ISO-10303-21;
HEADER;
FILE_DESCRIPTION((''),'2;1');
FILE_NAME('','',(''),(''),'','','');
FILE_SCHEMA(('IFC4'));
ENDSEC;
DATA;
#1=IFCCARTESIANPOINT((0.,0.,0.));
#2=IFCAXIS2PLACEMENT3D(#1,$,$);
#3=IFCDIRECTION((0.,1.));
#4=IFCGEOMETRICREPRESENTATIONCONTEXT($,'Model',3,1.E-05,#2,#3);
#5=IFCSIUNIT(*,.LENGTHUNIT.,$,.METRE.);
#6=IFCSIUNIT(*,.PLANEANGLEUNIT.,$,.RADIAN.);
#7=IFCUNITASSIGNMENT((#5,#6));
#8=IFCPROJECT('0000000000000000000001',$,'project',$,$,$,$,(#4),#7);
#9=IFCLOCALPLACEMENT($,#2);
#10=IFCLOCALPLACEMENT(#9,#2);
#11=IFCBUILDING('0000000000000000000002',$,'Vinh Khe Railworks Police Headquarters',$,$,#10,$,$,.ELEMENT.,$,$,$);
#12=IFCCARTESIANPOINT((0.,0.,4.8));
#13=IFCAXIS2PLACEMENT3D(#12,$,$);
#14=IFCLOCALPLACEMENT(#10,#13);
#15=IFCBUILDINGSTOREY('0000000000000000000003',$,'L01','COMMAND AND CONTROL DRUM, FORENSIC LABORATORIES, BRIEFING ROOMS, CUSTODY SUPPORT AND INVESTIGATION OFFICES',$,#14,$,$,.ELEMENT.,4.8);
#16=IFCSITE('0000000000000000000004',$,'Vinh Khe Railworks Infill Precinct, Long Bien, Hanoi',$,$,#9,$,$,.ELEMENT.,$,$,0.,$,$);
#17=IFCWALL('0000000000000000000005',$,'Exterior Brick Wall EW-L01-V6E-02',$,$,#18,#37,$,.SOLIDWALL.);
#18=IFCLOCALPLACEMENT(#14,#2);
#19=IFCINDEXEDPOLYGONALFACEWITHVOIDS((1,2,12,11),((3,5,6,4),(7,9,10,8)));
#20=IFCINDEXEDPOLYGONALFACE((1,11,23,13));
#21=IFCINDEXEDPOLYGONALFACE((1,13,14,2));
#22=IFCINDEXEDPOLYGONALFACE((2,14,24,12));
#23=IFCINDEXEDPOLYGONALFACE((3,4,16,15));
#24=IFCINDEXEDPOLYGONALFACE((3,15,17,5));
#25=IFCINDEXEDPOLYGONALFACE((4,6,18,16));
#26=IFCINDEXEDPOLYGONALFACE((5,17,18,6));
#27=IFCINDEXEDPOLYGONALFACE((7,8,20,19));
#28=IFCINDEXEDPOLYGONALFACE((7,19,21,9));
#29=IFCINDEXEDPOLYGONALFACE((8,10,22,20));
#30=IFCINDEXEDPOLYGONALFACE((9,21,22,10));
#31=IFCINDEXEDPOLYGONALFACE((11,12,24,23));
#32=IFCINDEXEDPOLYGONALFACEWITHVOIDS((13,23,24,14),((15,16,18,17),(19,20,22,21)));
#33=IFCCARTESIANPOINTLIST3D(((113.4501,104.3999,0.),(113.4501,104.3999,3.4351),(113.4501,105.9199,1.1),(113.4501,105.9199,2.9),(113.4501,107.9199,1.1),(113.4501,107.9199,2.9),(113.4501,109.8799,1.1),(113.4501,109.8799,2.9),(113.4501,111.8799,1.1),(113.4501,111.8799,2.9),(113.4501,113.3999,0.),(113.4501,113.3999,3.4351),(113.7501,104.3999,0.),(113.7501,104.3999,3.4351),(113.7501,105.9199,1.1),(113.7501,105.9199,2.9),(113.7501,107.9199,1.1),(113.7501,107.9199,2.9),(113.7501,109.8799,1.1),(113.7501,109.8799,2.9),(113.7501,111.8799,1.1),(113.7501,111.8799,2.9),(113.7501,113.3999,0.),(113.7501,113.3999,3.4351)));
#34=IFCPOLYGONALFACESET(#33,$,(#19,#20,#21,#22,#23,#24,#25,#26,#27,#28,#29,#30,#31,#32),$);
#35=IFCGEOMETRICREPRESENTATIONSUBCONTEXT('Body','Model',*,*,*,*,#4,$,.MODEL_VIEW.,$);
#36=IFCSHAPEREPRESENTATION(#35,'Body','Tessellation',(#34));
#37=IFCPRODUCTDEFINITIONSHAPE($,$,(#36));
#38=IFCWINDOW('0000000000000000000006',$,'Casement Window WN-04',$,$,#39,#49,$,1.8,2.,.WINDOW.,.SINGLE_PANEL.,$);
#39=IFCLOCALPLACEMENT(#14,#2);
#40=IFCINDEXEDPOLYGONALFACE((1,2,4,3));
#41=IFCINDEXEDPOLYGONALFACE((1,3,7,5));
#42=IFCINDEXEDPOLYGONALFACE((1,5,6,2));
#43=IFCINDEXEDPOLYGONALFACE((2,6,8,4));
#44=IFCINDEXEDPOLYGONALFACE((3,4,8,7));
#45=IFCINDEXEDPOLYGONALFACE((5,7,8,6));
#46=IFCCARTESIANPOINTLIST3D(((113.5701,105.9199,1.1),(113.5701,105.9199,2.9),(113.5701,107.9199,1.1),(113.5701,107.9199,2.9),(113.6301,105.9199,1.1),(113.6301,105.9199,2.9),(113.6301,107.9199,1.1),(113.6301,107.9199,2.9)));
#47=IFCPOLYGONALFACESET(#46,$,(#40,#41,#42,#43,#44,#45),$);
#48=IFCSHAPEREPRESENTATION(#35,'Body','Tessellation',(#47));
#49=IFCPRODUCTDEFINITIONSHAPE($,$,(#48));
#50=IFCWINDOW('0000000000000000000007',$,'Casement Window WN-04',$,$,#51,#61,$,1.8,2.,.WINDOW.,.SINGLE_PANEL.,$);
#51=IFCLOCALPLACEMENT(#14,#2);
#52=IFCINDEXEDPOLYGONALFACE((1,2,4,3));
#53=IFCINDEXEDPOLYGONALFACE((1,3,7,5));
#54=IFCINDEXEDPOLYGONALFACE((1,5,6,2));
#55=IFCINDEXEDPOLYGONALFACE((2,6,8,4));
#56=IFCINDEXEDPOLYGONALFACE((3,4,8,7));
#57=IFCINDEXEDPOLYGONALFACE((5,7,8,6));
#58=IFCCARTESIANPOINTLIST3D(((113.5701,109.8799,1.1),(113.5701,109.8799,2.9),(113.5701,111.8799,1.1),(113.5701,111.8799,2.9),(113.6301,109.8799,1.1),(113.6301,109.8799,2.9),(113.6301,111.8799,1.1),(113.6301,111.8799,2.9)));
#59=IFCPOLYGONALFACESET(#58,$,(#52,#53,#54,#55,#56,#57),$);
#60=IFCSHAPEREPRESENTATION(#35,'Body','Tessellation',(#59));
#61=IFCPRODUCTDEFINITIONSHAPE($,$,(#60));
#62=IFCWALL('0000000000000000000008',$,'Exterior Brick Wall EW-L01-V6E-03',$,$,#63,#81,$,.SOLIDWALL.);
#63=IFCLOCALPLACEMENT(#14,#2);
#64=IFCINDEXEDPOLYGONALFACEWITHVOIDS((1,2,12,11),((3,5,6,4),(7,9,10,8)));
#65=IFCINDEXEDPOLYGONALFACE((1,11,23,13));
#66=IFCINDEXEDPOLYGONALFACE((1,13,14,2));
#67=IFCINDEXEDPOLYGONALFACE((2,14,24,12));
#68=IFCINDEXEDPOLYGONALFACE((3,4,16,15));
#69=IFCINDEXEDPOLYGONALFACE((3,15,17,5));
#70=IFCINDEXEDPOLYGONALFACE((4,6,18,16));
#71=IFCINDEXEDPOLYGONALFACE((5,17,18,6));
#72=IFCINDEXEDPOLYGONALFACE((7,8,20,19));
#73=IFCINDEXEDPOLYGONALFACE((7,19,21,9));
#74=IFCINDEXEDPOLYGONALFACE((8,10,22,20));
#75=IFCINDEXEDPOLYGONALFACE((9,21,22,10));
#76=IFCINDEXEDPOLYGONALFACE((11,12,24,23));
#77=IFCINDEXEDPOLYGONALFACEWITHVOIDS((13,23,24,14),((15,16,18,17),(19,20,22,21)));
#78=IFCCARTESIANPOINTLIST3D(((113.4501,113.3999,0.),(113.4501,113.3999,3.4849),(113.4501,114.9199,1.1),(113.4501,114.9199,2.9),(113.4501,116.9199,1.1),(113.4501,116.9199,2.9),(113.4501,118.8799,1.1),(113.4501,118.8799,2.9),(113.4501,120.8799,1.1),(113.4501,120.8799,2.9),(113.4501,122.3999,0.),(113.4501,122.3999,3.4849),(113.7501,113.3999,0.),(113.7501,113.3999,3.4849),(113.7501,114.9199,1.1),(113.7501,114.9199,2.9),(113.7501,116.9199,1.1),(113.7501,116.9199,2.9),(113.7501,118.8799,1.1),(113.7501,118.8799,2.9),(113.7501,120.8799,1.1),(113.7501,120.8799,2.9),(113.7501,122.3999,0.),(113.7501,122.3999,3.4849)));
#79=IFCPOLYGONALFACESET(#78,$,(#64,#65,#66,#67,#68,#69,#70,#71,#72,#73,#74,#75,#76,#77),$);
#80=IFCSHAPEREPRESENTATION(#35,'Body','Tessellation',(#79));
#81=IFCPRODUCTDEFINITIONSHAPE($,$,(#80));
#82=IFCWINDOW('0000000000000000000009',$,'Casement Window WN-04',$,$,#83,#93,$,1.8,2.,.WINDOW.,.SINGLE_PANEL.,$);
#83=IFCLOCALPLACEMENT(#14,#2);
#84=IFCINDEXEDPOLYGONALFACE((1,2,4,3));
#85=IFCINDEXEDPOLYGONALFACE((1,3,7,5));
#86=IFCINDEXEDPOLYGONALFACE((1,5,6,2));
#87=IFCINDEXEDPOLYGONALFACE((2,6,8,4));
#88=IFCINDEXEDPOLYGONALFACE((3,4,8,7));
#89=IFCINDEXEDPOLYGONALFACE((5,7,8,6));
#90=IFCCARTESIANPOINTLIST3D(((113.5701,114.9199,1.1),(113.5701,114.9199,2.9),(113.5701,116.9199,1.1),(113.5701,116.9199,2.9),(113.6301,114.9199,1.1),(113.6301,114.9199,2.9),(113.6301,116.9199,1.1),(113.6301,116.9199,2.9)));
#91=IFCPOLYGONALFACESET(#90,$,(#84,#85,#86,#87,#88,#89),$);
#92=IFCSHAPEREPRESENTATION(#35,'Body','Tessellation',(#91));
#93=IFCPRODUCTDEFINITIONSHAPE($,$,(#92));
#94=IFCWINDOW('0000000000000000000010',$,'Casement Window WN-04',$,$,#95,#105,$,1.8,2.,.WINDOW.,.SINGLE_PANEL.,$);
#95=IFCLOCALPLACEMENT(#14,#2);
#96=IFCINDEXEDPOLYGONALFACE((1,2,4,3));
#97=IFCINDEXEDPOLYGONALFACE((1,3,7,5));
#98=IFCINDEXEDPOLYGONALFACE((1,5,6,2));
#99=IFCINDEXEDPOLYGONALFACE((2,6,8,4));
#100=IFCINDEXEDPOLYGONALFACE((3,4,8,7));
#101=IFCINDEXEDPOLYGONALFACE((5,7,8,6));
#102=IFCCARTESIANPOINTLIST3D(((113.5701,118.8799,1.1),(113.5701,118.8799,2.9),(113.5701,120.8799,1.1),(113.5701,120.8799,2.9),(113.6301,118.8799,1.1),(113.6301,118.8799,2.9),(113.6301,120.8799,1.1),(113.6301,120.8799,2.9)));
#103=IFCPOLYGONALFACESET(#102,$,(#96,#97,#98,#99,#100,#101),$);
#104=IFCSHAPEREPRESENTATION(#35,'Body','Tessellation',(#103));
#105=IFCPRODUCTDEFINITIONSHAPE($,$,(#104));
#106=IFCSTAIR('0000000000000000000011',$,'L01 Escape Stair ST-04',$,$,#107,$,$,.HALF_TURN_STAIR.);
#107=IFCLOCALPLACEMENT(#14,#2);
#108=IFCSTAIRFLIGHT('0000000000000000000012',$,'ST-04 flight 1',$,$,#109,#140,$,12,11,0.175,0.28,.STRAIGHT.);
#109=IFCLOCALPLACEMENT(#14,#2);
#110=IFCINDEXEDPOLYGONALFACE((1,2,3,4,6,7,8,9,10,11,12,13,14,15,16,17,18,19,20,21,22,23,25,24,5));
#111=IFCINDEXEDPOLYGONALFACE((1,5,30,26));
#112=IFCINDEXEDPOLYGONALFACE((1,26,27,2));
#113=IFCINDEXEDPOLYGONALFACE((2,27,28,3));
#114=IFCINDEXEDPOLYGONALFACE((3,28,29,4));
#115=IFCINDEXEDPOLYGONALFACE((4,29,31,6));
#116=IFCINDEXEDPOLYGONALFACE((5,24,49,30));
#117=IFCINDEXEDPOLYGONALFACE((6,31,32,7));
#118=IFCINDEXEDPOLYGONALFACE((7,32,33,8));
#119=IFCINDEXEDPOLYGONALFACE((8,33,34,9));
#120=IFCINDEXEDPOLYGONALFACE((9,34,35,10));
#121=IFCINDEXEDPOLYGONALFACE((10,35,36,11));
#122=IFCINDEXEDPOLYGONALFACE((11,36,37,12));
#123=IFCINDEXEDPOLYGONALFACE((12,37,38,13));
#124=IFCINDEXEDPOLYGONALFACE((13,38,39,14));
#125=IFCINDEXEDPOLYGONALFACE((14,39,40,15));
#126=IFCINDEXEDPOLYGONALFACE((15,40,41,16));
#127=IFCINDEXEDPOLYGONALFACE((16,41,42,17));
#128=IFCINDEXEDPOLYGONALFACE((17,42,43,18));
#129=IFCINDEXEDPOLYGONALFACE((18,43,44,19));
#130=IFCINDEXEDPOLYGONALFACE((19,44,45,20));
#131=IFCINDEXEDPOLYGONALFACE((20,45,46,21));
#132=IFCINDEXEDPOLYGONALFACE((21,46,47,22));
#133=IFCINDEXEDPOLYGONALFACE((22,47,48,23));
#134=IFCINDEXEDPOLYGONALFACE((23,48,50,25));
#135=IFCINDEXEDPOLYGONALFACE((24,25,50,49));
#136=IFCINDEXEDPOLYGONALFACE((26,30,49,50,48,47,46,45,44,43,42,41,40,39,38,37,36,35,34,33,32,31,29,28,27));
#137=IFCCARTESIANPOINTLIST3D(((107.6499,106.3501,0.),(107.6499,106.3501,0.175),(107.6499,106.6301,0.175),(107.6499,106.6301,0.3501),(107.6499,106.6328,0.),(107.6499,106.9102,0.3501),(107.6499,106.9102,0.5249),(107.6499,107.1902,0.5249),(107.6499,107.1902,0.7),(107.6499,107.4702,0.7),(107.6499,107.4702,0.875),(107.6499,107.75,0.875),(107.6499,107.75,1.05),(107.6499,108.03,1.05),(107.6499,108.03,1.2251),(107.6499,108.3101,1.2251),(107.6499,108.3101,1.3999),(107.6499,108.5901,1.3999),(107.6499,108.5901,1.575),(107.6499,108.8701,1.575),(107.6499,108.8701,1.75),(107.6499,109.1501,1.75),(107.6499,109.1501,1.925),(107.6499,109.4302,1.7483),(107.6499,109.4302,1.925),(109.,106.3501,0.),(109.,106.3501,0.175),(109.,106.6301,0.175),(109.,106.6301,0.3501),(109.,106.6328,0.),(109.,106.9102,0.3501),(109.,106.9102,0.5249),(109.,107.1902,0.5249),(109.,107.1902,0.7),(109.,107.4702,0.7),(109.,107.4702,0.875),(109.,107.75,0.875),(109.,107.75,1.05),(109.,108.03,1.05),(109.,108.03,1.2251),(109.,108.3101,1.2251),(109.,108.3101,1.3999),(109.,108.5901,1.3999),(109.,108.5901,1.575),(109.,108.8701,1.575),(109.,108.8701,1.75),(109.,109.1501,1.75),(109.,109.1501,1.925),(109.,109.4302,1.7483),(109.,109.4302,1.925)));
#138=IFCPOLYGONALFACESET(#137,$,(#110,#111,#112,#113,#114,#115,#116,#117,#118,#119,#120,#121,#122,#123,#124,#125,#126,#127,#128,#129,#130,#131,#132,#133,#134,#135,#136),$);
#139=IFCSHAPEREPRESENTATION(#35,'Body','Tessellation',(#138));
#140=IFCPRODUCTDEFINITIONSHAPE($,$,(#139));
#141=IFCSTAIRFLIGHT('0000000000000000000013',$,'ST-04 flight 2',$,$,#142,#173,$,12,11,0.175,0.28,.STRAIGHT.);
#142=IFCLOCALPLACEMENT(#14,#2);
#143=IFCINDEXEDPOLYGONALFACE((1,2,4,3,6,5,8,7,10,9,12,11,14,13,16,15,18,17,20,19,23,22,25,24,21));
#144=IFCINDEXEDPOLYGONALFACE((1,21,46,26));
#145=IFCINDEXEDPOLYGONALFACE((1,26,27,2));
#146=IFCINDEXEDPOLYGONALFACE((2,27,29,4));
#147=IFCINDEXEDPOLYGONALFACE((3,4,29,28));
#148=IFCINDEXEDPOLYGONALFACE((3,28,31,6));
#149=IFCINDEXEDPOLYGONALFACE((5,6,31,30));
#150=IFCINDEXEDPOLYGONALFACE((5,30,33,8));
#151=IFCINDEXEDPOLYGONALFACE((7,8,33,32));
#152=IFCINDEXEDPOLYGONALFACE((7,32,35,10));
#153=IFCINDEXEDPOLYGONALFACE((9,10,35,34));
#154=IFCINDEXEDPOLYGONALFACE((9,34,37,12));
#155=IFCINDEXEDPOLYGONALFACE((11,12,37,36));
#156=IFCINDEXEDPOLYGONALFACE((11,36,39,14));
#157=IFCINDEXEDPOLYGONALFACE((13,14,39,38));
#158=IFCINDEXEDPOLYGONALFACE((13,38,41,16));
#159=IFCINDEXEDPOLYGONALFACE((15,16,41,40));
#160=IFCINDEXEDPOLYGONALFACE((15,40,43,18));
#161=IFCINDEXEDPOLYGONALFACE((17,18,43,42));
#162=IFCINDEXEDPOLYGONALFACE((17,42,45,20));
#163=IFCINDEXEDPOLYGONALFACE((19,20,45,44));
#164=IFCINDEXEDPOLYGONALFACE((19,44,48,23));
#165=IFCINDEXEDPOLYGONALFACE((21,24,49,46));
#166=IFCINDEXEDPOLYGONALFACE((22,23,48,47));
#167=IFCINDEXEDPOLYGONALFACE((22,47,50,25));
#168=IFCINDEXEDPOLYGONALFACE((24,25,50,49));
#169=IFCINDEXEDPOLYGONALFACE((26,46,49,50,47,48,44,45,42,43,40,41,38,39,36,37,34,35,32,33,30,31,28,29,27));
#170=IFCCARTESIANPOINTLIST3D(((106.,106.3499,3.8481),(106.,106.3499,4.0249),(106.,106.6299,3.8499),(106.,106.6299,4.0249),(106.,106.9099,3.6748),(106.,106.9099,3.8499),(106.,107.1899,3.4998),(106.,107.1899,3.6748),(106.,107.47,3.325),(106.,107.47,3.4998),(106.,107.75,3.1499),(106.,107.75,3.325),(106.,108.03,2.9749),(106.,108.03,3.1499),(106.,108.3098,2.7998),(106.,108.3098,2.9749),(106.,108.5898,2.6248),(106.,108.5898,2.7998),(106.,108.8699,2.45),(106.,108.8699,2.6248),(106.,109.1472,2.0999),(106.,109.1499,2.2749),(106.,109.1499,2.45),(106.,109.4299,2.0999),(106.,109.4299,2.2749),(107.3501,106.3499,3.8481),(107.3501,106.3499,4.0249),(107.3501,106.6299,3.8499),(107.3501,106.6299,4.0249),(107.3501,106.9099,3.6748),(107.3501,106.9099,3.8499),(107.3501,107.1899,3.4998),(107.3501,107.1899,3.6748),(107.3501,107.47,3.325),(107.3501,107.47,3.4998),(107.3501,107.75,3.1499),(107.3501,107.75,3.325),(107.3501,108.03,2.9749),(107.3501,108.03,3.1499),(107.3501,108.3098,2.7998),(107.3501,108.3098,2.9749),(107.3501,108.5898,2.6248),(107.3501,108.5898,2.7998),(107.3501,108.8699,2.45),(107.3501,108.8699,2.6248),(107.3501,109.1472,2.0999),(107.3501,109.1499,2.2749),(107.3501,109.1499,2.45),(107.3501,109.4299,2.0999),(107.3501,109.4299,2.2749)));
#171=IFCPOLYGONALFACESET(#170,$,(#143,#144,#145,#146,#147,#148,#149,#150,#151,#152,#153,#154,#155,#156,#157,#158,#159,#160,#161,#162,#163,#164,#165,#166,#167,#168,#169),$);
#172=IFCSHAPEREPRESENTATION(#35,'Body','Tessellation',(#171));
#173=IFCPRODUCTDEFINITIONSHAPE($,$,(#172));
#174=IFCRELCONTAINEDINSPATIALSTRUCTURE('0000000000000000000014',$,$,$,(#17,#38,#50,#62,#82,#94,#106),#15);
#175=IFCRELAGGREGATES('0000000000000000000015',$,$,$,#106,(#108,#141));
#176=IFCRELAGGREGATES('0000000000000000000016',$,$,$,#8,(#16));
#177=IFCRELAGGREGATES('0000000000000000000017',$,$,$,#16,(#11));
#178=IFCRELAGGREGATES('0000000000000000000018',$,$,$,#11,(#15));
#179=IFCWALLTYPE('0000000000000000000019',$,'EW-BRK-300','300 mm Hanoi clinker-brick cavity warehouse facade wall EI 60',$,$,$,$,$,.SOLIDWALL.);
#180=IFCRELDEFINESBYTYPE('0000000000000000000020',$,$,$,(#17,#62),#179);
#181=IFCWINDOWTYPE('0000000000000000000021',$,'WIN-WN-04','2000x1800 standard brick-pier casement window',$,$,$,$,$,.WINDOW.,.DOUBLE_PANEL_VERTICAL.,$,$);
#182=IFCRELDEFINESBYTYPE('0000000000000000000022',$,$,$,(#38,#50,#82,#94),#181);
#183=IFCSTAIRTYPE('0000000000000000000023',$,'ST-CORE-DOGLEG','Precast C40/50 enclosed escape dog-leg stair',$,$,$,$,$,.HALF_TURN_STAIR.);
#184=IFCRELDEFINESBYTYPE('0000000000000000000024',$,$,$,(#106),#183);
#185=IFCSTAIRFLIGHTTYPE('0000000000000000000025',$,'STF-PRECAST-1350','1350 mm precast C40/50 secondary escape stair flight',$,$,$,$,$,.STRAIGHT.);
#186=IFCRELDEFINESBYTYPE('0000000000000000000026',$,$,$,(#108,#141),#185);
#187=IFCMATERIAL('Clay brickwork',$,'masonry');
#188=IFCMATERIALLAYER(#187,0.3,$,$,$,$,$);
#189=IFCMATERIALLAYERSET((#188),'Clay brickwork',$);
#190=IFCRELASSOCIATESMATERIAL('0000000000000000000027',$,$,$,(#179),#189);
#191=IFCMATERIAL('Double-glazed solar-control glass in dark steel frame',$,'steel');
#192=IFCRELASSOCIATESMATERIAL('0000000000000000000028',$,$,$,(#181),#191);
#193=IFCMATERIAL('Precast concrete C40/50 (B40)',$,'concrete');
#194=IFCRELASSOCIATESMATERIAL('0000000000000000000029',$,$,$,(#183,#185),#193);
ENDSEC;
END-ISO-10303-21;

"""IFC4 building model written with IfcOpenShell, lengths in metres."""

from ifc_helpers import new_model, si_unit, direction, frame, frame_2d, origin, place, context, subcontext, project, spatial, polyline, rectangle, outline, extrude, material, layer, layer_set, type_object, element, fill, aggregate, save


model = new_model("IFC4")

# Units and contexts
model_context = context("Model", 3, precision=1e-05, world=origin(), true_north=direction((0.0, 1.0)))
body_context = subcontext(model_context, "Body", "Model", "MODEL_VIEW")
ifc_project = project(units=[si_unit("LENGTHUNIT", "METRE"), si_unit("PLANEANGLEUNIT", "RADIAN")], contexts=[model_context])

# Site, building, storey
site_placement = place(None, origin())
site = spatial("IfcSite", under=ifc_project, at=site_placement, Name="Vinh Khe Railworks Infill Precinct, Long Bien, Hanoi", CompositionType="ELEMENT", RefElevation=0.0)
building_placement = place(site_placement, origin())
building = spatial("IfcBuilding", under=site, at=building_placement, Name="Vinh Khe Railworks Police Headquarters", CompositionType="ELEMENT")
storey_placement = place(building_placement, frame((0.0, 0.0, 4.8)))
storey = spatial("IfcBuildingStorey", under=building, at=storey_placement, Name="L01", Description="COMMAND AND CONTROL DRUM, FORENSIC LABORATORIES, BRIEFING ROOMS, CUSTODY SUPPORT AND INVESTIGATION OFFICES", CompositionType="ELEMENT", Elevation=4.8)

# Walls, openings, windows
ifc_material_1 = material(Name="Clay brickwork", Category="masonry")
ifc_layer_1 = layer(ifc_material_1, 0.3)
ifc_layer_set_1 = layer_set([ifc_layer_1], Name="Clay brickwork")
wall_type_1 = type_object("IfcWallType", Name="EW-BRK-300", Description="300 mm Hanoi clinker-brick cavity warehouse facade wall EI 60", PredefinedType="SOLIDWALL", material=ifc_layer_set_1)
wall_1_placement = place(storey_placement, frame((113.6001, 104.3999, 0.0), z_axis=(0.0, 0.0, 1.0), x_axis=(0.0, 1.0, 0.0)))
wall_1 = element("IfcWall", 1, at=wall_1_placement, inside=storey, type_object=wall_type_1, Name="Exterior Brick Wall EW-L01-V6E-02", PredefinedType="SOLIDWALL", context=body_context, shape_type="SweptSolid", body=[
    extrude(rectangle(XDim=9.0, YDim=0.3, at=frame_2d((4.5, 0.0))), origin(), (0.0, 0.0, 1.0), 3.4351),
])
opening_1_placement = place(wall_1_placement, frame((1.52, 0.0, 1.1001)))
opening_1 = element("IfcOpeningElement", 2, at=opening_1_placement, cuts=wall_1, PredefinedType="OPENING", context=body_context, shape_type="SweptSolid", body=[
    extrude(rectangle(XDim=2.0, YDim=1.8, at=frame_2d((1.0, 0.8999))), frame((0.0, 0.165, 0.0), z_axis=(0.0, -1.0, 0.0), x_axis=(1.0, 0.0, 0.0)), (0.0, 0.0, 1.0), 0.3298),
])
opening_2_placement = place(wall_1_placement, frame((5.48, 0.0, 1.1001)))
opening_2 = element("IfcOpeningElement", 3, at=opening_2_placement, cuts=wall_1, PredefinedType="OPENING", context=body_context, shape_type="SweptSolid", body=[
    extrude(rectangle(XDim=2.0, YDim=1.8, at=frame_2d((1.0, 0.8999))), frame((0.0, 0.165, 0.0), z_axis=(0.0, -1.0, 0.0), x_axis=(1.0, 0.0, 0.0)), (0.0, 0.0, 1.0), 0.3298),
])
ifc_material_2 = material(Name="Double-glazed solar-control glass in dark steel frame", Category="steel")
window_type = type_object("IfcWindowType", Name="WIN-WN-04", Description="2000x1800 standard brick-pier casement window", PartitioningType="DOUBLE_PANEL_VERTICAL", PredefinedType="WINDOW", material=ifc_material_2)
window_1_placement = place(opening_1_placement, origin())
window_1 = element("IfcWindow", 4, at=window_1_placement, inside=storey, type_object=window_type, Name="Casement Window WN-04", OverallHeight=1.8, OverallWidth=2.0, PartitioningType="SINGLE_PANEL", PredefinedType="WINDOW", context=body_context, shape_type="SweptSolid", body=[
    extrude(rectangle(XDim=2.0, YDim=1.8, at=frame_2d((1.0, 0.8999))), frame((0.0, 0.03, 0.0), z_axis=(0.0, -1.0, 0.0), x_axis=(1.0, 0.0, 0.0)), (0.0, 0.0, 1.0), 0.0601),
])
fill(opening_1, window_1)
window_2_placement = place(opening_2_placement, origin())
window_2 = element("IfcWindow", 5, at=window_2_placement, inside=storey, type_object=window_type, Name="Casement Window WN-04", OverallHeight=1.8, OverallWidth=2.0, PartitioningType="SINGLE_PANEL", PredefinedType="WINDOW", context=body_context, shape_type="SweptSolid", body=[
    extrude(rectangle(XDim=2.0, YDim=1.8, at=frame_2d((1.0, 0.8999))), frame((0.0, 0.03, 0.0), z_axis=(0.0, -1.0, 0.0), x_axis=(1.0, 0.0, 0.0)), (0.0, 0.0, 1.0), 0.0601),
])
fill(opening_2, window_2)
wall_2_placement = place(storey_placement, frame((113.6001, 113.3999, 0.0), z_axis=(0.0, 0.0, 1.0), x_axis=(0.0, 1.0, 0.0)))
wall_2 = element("IfcWall", 6, at=wall_2_placement, inside=storey, type_object=wall_type_1, Name="Exterior Brick Wall EW-L01-V6E-03", PredefinedType="SOLIDWALL", context=body_context, shape_type="SweptSolid", body=[
    extrude(rectangle(XDim=9.0, YDim=0.3, at=frame_2d((4.5, 0.0))), origin(), (0.0, 0.0, 1.0), 3.4849),
])
opening_3_placement = place(wall_2_placement, frame((1.52, 0.0, 1.1001)))
opening_3 = element("IfcOpeningElement", 7, at=opening_3_placement, cuts=wall_2, PredefinedType="OPENING", context=body_context, shape_type="SweptSolid", body=[
    extrude(rectangle(XDim=2.0, YDim=1.8, at=frame_2d((1.0, 0.8999))), frame((0.0, 0.165, 0.0), z_axis=(0.0, -1.0, 0.0), x_axis=(1.0, 0.0, 0.0)), (0.0, 0.0, 1.0), 0.3298),
])
opening_4_placement = place(wall_2_placement, frame((5.48, 0.0, 1.1001)))
opening_4 = element("IfcOpeningElement", 8, at=opening_4_placement, cuts=wall_2, PredefinedType="OPENING", context=body_context, shape_type="SweptSolid", body=[
    extrude(rectangle(XDim=2.0, YDim=1.8, at=frame_2d((1.0, 0.8999))), frame((0.0, 0.165, 0.0), z_axis=(0.0, -1.0, 0.0), x_axis=(1.0, 0.0, 0.0)), (0.0, 0.0, 1.0), 0.3298),
])
window_3_placement = place(opening_3_placement, origin())
window_3 = element("IfcWindow", 9, at=window_3_placement, inside=storey, type_object=window_type, Name="Casement Window WN-04", OverallHeight=1.8, OverallWidth=2.0, PartitioningType="SINGLE_PANEL", PredefinedType="WINDOW", context=body_context, shape_type="SweptSolid", body=[
    extrude(rectangle(XDim=2.0, YDim=1.8, at=frame_2d((1.0, 0.8999))), frame((0.0, 0.03, 0.0), z_axis=(0.0, -1.0, 0.0), x_axis=(1.0, 0.0, 0.0)), (0.0, 0.0, 1.0), 0.0601),
])
fill(opening_3, window_3)
window_4_placement = place(opening_4_placement, origin())
window_4 = element("IfcWindow", 10, at=window_4_placement, inside=storey, type_object=window_type, Name="Casement Window WN-04", OverallHeight=1.8, OverallWidth=2.0, PartitioningType="SINGLE_PANEL", PredefinedType="WINDOW", context=body_context, shape_type="SweptSolid", body=[
    extrude(rectangle(XDim=2.0, YDim=1.8, at=frame_2d((1.0, 0.8999))), frame((0.0, 0.03, 0.0), z_axis=(0.0, -1.0, 0.0), x_axis=(1.0, 0.0, 0.0)), (0.0, 0.0, 1.0), 0.0601),
])
fill(opening_4, window_4)

# Stair, stair flights
ifc_material_3 = material(Name="Precast concrete C40/50 (B40)", Category="concrete")
stair_type = type_object("IfcStairType", Name="ST-CORE-DOGLEG", Description="Precast C40/50 enclosed escape dog-leg stair", PredefinedType="HALF_TURN_STAIR", material=ifc_material_3)
stair_placement = place(storey_placement, origin())
stair = element("IfcStair", 11, at=stair_placement, inside=storey, type_object=stair_type, Name="L01 Escape Stair ST-04", PredefinedType="HALF_TURN_STAIR")
stair_flight_type = type_object("IfcStairFlightType", Name="STF-PRECAST-1350", Description="1350 mm precast C40/50 secondary escape stair flight", PredefinedType="STRAIGHT", material=ifc_material_3)
stair_flight_1_placement = place(storey_placement, frame((108.325, 106.3501, 0.0), z_axis=(0.0, 0.0, 1.0), x_axis=(0.0, 1.0, 0.0)))
stair_flight_1 = element("IfcStairFlight", 12, at=stair_flight_1_placement, type_object=stair_flight_type, Name="ST-04 flight 1", NumberOfRisers=12, NumberOfTreads=11, PredefinedType="STRAIGHT", RiserHeight=0.175, TreadLength=0.28, context=body_context, shape_type="SweptSolid", body=[
    extrude(outline(polyline([(0.0, 0.0), (0.0, 0.175), (0.28, 0.175), (0.28, 0.3501), (0.5601, 0.3501), (0.5601, 0.5249), (0.8401, 0.5249), (0.8401, 0.7), (1.1201, 0.7), (1.1201, 0.875), (1.3999, 0.875), (1.3999, 1.05), (1.6799, 1.05), (1.6799, 1.2251), (1.96, 1.2251), (1.96, 1.3999), (2.24, 1.3999), (2.24, 1.575), (2.52, 1.575), (2.52, 1.75), (2.8, 1.75), (2.8, 1.925), (3.0801, 1.925), (3.0801, 2.1001), (3.0801, 1.7483), (0.2827, 0.0), (0.0, 0.0)])), frame((0.0, 0.675, 0.0), z_axis=(0.0, -1.0, 0.0), x_axis=(1.0, 0.0, 0.0)), (0.0, 0.0, 1.0), 1.3501),
])
stair_flight_2_placement = place(storey_placement, frame((106.675, 109.4299, 2.0999), z_axis=(0.0, 0.0, 1.0), x_axis=(0.0, -1.0, 0.0)))
stair_flight_2 = element("IfcStairFlight", 13, at=stair_flight_2_placement, type_object=stair_flight_type, Name="ST-04 flight 2", NumberOfRisers=12, NumberOfTreads=11, PredefinedType="STRAIGHT", RiserHeight=0.175, TreadLength=0.28, context=body_context, shape_type="SweptSolid", body=[
    extrude(outline(polyline([(0.0, 0.0), (0.0, 0.175), (0.28, 0.175), (0.28, 0.3501), (0.5601, 0.3501), (0.5601, 0.5249), (0.8401, 0.5249), (0.8401, 0.7), (1.1201, 0.7), (1.1201, 0.875), (1.3999, 0.875), (1.3999, 1.05), (1.6799, 1.05), (1.6799, 1.2251), (1.96, 1.2251), (1.96, 1.3999), (2.24, 1.3999), (2.24, 1.575), (2.52, 1.575), (2.52, 1.75), (2.8, 1.75), (2.8, 1.925), (3.0801, 1.925), (3.0801, 2.1001), (3.0801, 1.7483), (0.2827, 0.0), (0.0, 0.0)])), frame((0.0, 0.675, 0.0), z_axis=(0.0, -1.0, 0.0), x_axis=(1.0, 0.0, 0.0)), (0.0, 0.0, 1.0), 1.3501),
])
aggregate(stair, [stair_flight_1, stair_flight_2])

save(model, "model.ifc")
